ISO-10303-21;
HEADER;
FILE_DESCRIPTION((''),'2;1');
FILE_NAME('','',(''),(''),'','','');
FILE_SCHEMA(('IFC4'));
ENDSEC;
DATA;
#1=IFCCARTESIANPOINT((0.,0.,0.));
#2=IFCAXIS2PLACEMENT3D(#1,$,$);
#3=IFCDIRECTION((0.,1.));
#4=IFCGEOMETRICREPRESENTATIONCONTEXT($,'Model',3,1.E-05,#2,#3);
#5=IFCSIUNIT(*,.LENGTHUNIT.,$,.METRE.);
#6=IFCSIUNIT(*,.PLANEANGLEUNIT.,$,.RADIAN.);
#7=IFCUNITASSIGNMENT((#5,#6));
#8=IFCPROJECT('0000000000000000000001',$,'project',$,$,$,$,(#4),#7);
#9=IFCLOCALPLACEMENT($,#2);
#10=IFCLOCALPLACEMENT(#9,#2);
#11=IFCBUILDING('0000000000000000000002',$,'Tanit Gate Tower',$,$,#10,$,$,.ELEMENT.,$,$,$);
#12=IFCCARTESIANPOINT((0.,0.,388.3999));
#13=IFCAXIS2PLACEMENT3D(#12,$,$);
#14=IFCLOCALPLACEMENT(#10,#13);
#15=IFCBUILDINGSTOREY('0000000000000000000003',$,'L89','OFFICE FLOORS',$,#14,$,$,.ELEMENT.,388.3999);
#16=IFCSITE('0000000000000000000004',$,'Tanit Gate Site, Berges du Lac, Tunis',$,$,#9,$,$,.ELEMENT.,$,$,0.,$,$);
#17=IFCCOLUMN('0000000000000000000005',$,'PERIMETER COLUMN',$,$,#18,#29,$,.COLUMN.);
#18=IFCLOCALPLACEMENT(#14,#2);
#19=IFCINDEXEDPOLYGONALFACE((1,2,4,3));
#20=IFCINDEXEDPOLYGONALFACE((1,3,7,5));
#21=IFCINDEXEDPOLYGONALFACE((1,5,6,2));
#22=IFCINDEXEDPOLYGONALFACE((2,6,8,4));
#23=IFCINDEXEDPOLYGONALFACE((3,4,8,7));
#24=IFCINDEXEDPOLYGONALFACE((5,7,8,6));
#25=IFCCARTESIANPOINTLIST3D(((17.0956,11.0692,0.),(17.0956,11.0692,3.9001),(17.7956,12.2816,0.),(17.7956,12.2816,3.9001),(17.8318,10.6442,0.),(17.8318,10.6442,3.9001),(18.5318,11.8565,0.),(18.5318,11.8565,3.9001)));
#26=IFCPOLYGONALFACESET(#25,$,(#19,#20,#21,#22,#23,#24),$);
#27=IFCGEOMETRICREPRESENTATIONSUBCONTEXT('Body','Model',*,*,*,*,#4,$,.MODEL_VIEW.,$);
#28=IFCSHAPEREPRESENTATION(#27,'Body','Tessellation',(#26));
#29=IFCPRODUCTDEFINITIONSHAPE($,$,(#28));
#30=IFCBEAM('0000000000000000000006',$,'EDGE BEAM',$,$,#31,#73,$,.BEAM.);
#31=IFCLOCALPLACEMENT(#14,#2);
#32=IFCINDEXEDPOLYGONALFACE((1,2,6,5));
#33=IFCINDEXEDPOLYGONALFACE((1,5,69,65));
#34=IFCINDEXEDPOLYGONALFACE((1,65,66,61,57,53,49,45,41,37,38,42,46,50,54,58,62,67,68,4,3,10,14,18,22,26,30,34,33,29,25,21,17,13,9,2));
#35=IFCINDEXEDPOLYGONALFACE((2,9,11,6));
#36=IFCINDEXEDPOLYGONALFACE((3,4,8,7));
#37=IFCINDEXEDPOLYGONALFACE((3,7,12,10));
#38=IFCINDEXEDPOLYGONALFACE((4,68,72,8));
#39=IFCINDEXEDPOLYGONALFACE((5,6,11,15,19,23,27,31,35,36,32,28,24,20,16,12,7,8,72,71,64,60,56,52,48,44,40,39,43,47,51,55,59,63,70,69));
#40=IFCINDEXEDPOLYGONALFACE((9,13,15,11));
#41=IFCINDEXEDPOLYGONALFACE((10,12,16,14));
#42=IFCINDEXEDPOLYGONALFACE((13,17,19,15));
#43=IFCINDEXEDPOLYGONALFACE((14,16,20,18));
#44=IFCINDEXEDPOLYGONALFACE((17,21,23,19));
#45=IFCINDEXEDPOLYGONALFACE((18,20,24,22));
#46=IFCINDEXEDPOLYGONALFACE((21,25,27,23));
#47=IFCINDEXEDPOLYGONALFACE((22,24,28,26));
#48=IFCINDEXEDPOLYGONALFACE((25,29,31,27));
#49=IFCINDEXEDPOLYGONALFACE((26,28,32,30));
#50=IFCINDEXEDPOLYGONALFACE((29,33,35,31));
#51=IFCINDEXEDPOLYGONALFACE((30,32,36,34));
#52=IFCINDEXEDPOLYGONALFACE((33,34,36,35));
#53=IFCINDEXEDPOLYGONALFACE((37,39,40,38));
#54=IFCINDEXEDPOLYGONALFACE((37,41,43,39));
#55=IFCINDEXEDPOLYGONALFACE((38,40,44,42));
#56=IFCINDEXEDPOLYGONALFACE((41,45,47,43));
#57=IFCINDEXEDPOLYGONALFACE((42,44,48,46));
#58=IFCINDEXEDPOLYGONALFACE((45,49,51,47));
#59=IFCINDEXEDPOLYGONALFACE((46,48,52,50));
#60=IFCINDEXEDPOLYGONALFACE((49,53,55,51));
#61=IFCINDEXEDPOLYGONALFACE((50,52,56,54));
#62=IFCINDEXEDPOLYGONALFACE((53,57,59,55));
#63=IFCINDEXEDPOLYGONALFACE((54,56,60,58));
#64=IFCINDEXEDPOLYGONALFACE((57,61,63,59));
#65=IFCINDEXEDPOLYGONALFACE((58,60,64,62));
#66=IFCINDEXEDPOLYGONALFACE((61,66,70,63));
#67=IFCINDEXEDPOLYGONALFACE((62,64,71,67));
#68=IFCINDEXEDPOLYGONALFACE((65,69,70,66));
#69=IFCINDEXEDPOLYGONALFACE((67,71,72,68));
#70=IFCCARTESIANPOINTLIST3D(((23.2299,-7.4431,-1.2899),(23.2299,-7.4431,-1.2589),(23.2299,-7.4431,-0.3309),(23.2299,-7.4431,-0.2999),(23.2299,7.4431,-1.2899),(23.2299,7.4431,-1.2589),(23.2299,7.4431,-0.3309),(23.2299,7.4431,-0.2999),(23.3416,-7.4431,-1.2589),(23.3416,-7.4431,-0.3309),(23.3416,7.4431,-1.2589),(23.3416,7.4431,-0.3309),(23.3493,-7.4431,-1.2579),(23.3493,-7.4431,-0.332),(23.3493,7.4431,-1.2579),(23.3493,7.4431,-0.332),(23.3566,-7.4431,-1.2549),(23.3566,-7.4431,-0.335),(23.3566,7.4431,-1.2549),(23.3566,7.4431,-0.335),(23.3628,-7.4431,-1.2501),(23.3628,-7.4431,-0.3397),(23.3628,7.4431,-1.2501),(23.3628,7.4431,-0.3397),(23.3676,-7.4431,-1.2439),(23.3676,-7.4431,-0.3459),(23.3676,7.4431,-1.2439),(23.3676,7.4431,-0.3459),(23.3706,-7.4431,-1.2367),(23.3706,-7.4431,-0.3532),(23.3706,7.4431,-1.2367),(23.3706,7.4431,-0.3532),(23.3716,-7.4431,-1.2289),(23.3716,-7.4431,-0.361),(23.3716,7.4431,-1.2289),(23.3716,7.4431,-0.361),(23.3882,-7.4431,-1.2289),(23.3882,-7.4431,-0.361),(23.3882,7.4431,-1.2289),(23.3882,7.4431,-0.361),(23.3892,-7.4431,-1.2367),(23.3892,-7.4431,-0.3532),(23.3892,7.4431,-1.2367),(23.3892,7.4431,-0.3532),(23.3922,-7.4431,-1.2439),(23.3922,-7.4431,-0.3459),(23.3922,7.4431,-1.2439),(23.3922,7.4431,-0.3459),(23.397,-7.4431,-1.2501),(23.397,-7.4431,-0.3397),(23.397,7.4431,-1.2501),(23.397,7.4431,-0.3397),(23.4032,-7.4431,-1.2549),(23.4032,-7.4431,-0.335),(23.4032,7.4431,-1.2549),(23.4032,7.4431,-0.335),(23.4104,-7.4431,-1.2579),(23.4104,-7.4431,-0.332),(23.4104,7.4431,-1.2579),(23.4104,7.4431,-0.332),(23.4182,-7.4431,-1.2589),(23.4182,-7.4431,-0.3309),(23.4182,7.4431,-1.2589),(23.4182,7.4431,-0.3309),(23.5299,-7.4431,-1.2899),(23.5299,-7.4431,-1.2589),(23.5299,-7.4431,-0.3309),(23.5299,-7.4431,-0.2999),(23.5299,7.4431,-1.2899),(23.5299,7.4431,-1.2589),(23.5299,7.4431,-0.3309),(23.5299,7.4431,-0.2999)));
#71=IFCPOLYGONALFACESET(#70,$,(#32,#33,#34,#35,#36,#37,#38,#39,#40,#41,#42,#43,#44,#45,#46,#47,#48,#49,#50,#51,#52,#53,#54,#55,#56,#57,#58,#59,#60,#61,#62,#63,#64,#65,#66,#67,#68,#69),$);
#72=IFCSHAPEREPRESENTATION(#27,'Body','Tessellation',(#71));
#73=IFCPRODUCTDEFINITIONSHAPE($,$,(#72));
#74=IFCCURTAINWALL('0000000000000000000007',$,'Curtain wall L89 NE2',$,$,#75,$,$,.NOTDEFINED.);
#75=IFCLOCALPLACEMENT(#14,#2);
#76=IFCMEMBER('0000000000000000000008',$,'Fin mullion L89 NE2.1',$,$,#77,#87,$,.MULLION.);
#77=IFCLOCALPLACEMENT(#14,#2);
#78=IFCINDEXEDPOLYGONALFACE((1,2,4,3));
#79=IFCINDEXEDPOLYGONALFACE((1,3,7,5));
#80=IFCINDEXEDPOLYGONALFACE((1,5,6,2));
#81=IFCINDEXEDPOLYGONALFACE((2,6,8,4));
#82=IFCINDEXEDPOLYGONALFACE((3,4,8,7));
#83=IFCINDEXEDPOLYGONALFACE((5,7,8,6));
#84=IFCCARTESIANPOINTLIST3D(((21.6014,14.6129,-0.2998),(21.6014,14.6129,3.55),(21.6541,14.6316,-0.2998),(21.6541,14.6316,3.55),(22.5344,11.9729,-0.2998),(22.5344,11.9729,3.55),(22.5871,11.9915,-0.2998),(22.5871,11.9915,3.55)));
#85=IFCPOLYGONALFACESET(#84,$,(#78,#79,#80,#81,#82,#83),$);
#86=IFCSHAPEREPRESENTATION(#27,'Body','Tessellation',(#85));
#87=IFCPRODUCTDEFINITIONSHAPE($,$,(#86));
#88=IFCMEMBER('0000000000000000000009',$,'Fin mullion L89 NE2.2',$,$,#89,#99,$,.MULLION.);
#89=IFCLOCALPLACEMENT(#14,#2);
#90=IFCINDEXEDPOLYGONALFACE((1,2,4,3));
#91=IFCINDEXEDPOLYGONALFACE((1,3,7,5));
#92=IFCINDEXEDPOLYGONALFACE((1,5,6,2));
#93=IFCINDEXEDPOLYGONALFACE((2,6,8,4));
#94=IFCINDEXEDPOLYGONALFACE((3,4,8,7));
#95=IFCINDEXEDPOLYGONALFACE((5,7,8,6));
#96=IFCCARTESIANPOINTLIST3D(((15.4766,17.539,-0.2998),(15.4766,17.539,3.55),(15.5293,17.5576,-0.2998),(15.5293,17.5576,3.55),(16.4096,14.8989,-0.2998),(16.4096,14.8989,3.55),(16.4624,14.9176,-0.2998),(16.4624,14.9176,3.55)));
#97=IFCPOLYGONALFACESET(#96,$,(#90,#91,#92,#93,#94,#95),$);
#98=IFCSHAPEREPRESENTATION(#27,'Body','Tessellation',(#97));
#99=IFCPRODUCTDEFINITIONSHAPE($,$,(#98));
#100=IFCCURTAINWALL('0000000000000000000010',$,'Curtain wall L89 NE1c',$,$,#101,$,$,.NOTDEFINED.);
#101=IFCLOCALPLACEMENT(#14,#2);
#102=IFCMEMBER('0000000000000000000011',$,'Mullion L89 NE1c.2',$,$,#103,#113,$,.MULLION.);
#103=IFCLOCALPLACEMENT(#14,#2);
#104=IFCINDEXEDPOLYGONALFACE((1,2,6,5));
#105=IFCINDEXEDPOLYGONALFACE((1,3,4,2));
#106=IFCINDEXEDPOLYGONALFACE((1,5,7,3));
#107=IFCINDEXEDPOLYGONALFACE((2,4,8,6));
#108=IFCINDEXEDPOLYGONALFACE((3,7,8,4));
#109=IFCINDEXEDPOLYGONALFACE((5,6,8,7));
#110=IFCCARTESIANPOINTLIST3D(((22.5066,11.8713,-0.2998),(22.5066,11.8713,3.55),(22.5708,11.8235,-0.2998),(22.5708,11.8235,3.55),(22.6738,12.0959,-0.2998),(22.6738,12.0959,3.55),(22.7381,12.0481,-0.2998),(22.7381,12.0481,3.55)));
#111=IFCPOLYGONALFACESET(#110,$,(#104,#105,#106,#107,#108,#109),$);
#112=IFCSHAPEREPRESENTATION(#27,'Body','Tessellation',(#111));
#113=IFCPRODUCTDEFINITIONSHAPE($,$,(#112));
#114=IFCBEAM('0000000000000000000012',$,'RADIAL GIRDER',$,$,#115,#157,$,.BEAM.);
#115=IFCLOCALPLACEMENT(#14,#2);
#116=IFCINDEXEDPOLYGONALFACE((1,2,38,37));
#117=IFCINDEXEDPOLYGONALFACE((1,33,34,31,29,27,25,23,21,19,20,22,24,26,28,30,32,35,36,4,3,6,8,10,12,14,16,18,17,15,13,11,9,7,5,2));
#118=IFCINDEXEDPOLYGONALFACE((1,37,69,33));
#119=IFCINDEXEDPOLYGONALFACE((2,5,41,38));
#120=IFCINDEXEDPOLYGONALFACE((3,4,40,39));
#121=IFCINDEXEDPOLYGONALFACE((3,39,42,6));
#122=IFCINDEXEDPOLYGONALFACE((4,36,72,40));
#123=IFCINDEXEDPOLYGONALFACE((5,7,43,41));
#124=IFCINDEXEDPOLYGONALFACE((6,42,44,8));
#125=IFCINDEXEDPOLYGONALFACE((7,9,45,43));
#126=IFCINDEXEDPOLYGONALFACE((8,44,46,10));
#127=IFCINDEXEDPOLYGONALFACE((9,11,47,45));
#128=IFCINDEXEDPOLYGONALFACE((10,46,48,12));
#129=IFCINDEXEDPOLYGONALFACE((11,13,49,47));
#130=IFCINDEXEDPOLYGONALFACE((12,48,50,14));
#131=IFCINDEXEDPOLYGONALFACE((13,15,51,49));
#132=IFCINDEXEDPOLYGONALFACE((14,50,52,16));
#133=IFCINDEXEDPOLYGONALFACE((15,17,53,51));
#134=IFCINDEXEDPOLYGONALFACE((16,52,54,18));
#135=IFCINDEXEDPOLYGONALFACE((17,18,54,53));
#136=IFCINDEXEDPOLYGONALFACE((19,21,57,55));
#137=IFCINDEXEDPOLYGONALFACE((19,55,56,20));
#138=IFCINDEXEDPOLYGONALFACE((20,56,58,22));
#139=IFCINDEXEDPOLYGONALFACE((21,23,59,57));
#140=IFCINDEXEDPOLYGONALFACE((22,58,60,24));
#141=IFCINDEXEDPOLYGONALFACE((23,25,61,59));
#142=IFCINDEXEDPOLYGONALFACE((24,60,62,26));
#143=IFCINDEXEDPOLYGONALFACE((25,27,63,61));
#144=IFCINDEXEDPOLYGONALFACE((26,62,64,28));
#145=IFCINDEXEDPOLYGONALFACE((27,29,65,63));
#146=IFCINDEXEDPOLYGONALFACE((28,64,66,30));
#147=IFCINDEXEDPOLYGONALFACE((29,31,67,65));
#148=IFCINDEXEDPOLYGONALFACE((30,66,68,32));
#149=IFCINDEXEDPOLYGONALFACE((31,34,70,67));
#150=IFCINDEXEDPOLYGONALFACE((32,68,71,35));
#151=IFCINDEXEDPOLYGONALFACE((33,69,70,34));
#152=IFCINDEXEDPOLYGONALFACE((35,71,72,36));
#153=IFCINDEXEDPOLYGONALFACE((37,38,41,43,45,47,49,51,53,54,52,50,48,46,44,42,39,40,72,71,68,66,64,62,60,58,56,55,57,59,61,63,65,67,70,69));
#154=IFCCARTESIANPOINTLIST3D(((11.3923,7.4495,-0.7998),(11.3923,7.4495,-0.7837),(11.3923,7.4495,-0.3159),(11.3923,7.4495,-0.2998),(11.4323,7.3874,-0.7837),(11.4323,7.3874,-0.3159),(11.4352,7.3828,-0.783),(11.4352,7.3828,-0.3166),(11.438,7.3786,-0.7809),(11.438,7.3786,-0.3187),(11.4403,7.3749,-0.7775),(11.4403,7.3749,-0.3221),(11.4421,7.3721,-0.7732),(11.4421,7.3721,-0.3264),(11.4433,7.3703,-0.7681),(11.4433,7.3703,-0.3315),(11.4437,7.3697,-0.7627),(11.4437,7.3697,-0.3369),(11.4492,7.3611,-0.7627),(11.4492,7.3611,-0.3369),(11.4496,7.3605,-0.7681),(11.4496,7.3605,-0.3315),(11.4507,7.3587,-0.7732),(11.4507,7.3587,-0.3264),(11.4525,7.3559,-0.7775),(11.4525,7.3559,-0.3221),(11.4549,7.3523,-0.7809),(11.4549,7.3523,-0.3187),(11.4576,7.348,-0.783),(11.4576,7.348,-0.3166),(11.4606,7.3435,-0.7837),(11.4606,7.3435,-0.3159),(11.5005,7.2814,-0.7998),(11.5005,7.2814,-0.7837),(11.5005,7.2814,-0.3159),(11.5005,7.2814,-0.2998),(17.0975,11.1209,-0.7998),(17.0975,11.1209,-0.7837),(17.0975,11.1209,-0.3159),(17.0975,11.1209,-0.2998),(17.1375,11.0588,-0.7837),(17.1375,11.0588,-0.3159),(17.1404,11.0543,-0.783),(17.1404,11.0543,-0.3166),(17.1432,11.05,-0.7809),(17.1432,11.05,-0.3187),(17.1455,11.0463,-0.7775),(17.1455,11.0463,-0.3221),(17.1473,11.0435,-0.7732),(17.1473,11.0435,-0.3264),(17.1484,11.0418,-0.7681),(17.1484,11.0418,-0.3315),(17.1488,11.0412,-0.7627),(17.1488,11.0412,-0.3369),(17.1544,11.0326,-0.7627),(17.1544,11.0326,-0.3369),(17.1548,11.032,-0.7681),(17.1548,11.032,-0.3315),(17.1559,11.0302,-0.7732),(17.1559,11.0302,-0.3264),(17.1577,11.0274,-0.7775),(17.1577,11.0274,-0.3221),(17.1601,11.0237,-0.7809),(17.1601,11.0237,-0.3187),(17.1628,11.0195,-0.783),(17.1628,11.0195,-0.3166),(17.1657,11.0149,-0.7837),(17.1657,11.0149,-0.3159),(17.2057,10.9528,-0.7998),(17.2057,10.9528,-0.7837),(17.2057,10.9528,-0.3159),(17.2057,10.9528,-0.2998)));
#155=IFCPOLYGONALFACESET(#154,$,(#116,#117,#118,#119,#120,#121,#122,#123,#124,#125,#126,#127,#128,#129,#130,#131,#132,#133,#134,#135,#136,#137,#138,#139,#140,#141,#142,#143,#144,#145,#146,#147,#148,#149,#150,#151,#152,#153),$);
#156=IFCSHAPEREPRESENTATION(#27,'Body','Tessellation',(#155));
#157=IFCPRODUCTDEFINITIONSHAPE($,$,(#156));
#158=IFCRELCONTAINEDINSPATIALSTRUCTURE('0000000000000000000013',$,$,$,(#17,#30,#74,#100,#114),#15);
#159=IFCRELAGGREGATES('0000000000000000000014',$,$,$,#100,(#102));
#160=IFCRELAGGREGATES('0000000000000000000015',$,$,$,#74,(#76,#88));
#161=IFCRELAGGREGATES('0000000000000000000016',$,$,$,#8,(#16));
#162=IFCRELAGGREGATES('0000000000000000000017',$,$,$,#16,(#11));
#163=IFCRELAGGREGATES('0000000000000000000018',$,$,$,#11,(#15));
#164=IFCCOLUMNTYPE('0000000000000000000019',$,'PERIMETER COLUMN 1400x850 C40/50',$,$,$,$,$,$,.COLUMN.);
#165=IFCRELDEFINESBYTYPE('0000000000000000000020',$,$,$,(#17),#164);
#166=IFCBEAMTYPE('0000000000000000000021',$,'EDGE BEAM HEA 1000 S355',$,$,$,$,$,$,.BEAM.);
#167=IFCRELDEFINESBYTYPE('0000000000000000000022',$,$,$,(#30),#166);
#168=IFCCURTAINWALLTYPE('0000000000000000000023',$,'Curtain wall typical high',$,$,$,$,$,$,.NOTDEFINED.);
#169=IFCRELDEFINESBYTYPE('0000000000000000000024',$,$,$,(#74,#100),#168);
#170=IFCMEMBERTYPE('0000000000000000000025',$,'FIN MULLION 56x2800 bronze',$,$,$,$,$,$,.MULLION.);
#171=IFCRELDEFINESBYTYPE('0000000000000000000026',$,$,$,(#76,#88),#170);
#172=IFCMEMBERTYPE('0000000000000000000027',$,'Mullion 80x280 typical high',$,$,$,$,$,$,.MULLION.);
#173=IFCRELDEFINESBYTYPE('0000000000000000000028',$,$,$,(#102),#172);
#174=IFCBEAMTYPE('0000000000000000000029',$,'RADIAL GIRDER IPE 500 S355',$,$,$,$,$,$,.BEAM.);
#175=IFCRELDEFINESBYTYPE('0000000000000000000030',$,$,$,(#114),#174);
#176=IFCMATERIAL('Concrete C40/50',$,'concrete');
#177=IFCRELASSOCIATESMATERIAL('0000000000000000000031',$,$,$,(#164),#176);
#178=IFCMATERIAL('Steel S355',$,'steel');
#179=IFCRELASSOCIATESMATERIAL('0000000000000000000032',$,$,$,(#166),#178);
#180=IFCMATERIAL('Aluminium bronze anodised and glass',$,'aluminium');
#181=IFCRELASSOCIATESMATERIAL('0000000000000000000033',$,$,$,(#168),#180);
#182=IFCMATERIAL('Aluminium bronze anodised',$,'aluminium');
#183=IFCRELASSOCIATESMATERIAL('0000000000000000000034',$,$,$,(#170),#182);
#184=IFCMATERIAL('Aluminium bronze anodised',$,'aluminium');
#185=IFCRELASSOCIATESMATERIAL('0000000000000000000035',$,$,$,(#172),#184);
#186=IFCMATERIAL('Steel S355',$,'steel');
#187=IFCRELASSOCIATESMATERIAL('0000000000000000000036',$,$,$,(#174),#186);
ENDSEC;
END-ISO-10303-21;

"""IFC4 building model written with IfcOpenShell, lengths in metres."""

from ifc_helpers import new_model, si_unit, direction, frame, origin, origin_2d, place, context, subcontext, project, spatial, rectangle, i_section, extrude, material, material_profile, profile_set, type_object, element, aggregate, save


model = new_model("IFC4")

# Units and contexts
model_context = context("Model", 3, precision=1e-05, world=origin(), true_north=direction((0.0, 1.0)))
body_context = subcontext(model_context, "Body", "Model", "MODEL_VIEW")
ifc_project = project(units=[si_unit("LENGTHUNIT", "METRE"), si_unit("PLANEANGLEUNIT", "RADIAN")], contexts=[model_context])

# Site, building, storey
site_placement = place(None, origin())
site = spatial("IfcSite", under=ifc_project, at=site_placement, Name="Tanit Gate Site, Berges du Lac, Tunis", CompositionType="ELEMENT", RefElevation=0.0)
building_placement = place(site_placement, origin())
building = spatial("IfcBuilding", under=site, at=building_placement, Name="Tanit Gate Tower", CompositionType="ELEMENT")
storey_placement = place(building_placement, frame((0.0, 0.0, 388.3999)))
storey = spatial("IfcBuildingStorey", under=building, at=storey_placement, Name="L89", Description="OFFICE FLOORS", CompositionType="ELEMENT", Elevation=388.3999)

# Column
ifc_material_1 = material(Name="Concrete C40/50", Category="concrete")
ifc_material_profile_1 = material_profile(ifc_material_1, rectangle(XDim=1.3999, YDim=0.8501, at=origin_2d()), Name="RC 1400x850")
ifc_profile_set_1 = profile_set([ifc_material_profile_1], Name="Concrete C40/50")
column_type = type_object("IfcColumnType", Name="PERIMETER COLUMN 1400x850 C40/50", PredefinedType="COLUMN", material=ifc_profile_set_1)
column_placement = place(storey_placement, frame((17.8137, 11.4629, 0.0), z_axis=(0.0, 0.0, 1.0), x_axis=(0.5, 0.866025, 0.0)))
element("IfcColumn", 1, at=column_placement, inside=storey, type_object=column_type, Name="PERIMETER COLUMN", PredefinedType="COLUMN", context=body_context, shape_type="SweptSolid", body=[
    extrude(rectangle(XDim=1.3999, YDim=0.8501, at=origin_2d()), origin(), (0.0, 0.0, 1.0), 3.9001),
])

# Beam
ifc_material_2 = material(Name="Steel S355", Category="steel")
ifc_material_profile_2 = material_profile(ifc_material_2, i_section(OverallWidth=0.3, OverallDepth=0.99, WebThickness=0.0166, FlangeThickness=0.031, FilletRadius=0.03, at=origin_2d()), Name="HEA 1000")
ifc_profile_set_2 = profile_set([ifc_material_profile_2], Name="Steel S355")
beam_type_1 = type_object("IfcBeamType", Name="EDGE BEAM HEA 1000 S355", PredefinedType="BEAM", material=ifc_profile_set_2)
beam_1_placement = place(storey_placement, frame((23.3799, 7.4431, -0.7949), z_axis=(0.0, -1.0, 0.0), x_axis=(1.0, 0.0, 0.0)))
element("IfcBeam", 2, at=beam_1_placement, inside=storey, type_object=beam_type_1, Name="EDGE BEAM", PredefinedType="BEAM", context=body_context, shape_type="SweptSolid", body=[
    extrude(i_section(OverallWidth=0.3, OverallDepth=0.99, WebThickness=0.0166, FlangeThickness=0.031, FilletRadius=0.03, at=origin_2d()), origin(), (0.0, 0.0, 1.0), 14.8862),
])

# Curtain wall, members
ifc_material_3 = material(Name="Aluminium bronze anodised and glass", Category="aluminium")
curtain_wall_type = type_object("IfcCurtainWallType", Name="Curtain wall typical high", PredefinedType="NOTDEFINED", material=ifc_material_3)
curtain_wall_1_placement = place(storey_placement, origin())
curtain_wall_1 = element("IfcCurtainWall", 3, at=curtain_wall_1_placement, inside=storey, type_object=curtain_wall_type, Name="Curtain wall L89 NE2", PredefinedType="NOTDEFINED")
ifc_material_4 = material(Name="Aluminium bronze anodised", Category="aluminium")
ifc_material_profile_3 = material_profile(ifc_material_4, rectangle(XDim=2.8, YDim=0.0559, at=origin_2d()), Name="56x2800 bronze fin mullion")
ifc_profile_set_3 = profile_set([ifc_material_profile_3], Name="Aluminium bronze anodised")
member_type_1 = type_object("IfcMemberType", Name="FIN MULLION 56x2800 bronze", PredefinedType="MULLION", material=ifc_profile_set_3)
member_1_placement = place(storey_placement, frame((22.0942, 13.3022, -0.2998), z_axis=(0.0, 0.0, 1.0), x_axis=(0.33322, -0.942849, 0.0)))
member_1 = element("IfcMember", 4, at=member_1_placement, type_object=member_type_1, Name="Fin mullion L89 NE2.1", PredefinedType="MULLION", context=body_context, shape_type="SweptSolid", body=[
    extrude(rectangle(XDim=2.8, YDim=0.0559, at=origin_2d()), origin(), (0.0, 0.0, 1.0), 3.8499),
])
member_2_placement = place(storey_placement, frame((15.9695, 16.2283, -0.2998), z_axis=(0.0, 0.0, 1.0), x_axis=(0.33322, -0.942849, 0.0)))
member_2 = element("IfcMember", 5, at=member_2_placement, type_object=member_type_1, Name="Fin mullion L89 NE2.2", PredefinedType="MULLION", context=body_context, shape_type="SweptSolid", body=[
    extrude(rectangle(XDim=2.8, YDim=0.0559, at=origin_2d()), origin(), (0.0, 0.0, 1.0), 3.8499),
])

# Curtain wall, member
curtain_wall_2_placement = place(storey_placement, origin())
curtain_wall_2 = element("IfcCurtainWall", 6, at=curtain_wall_2_placement, inside=storey, type_object=curtain_wall_type, Name="Curtain wall L89 NE1c", PredefinedType="NOTDEFINED")
ifc_material_5 = material(Name="Aluminium bronze anodised", Category="aluminium")
ifc_material_profile_4 = material_profile(ifc_material_5, rectangle(XDim=0.28, YDim=0.0801, at=origin_2d()), Name="80x280 bronze mullion")
ifc_profile_set_4 = profile_set([ifc_material_profile_4], Name="Aluminium bronze anodised")
member_type_2 = type_object("IfcMemberType", Name="Mullion 80x280 typical high", PredefinedType="MULLION", material=ifc_profile_set_4)
member_3_placement = place(storey_placement, frame((22.6223, 11.9597, -0.2998), z_axis=(0.0, 0.0, 1.0), x_axis=(-0.597341, -0.801988, 0.0)))
member_3 = element("IfcMember", 7, at=member_3_placement, type_object=member_type_2, Name="Mullion L89 NE1c.2", PredefinedType="MULLION", context=body_context, shape_type="SweptSolid", body=[
    extrude(rectangle(XDim=0.28, YDim=0.0801, at=origin_2d()), origin(), (0.0, 0.0, 1.0), 3.8499),
])

# Beam
ifc_material_6 = material(Name="Steel S355", Category="steel")
ifc_material_profile_5 = material_profile(ifc_material_6, i_section(OverallWidth=0.2, OverallDepth=0.5, WebThickness=0.0103, FlangeThickness=0.0161, FilletRadius=0.021, at=origin_2d()), Name="IPE 500")
ifc_profile_set_5 = profile_set([ifc_material_profile_5], Name="Steel S355")
beam_type_2 = type_object("IfcBeamType", Name="RADIAL GIRDER IPE 500 S355", PredefinedType="BEAM", material=ifc_profile_set_5)
beam_2_placement = place(storey_placement, frame((17.1516, 11.0369, -0.5498), z_axis=(-0.840921, -0.541158, 0.0), x_axis=(0.541158, -0.840921, 0.0)))
element("IfcBeam", 8, at=beam_2_placement, inside=storey, type_object=beam_type_2, Name="RADIAL GIRDER", PredefinedType="BEAM", context=body_context, shape_type="SweptSolid", body=[
    extrude(i_section(OverallWidth=0.2, OverallDepth=0.5, WebThickness=0.0103, FlangeThickness=0.0161, FilletRadius=0.021, at=origin_2d()), origin(), (0.0, 0.0, 1.0), 6.7844),
])

aggregate(curtain_wall_2, [member_3])
aggregate(curtain_wall_1, [member_1, member_2])

save(model, "model.ifc")
